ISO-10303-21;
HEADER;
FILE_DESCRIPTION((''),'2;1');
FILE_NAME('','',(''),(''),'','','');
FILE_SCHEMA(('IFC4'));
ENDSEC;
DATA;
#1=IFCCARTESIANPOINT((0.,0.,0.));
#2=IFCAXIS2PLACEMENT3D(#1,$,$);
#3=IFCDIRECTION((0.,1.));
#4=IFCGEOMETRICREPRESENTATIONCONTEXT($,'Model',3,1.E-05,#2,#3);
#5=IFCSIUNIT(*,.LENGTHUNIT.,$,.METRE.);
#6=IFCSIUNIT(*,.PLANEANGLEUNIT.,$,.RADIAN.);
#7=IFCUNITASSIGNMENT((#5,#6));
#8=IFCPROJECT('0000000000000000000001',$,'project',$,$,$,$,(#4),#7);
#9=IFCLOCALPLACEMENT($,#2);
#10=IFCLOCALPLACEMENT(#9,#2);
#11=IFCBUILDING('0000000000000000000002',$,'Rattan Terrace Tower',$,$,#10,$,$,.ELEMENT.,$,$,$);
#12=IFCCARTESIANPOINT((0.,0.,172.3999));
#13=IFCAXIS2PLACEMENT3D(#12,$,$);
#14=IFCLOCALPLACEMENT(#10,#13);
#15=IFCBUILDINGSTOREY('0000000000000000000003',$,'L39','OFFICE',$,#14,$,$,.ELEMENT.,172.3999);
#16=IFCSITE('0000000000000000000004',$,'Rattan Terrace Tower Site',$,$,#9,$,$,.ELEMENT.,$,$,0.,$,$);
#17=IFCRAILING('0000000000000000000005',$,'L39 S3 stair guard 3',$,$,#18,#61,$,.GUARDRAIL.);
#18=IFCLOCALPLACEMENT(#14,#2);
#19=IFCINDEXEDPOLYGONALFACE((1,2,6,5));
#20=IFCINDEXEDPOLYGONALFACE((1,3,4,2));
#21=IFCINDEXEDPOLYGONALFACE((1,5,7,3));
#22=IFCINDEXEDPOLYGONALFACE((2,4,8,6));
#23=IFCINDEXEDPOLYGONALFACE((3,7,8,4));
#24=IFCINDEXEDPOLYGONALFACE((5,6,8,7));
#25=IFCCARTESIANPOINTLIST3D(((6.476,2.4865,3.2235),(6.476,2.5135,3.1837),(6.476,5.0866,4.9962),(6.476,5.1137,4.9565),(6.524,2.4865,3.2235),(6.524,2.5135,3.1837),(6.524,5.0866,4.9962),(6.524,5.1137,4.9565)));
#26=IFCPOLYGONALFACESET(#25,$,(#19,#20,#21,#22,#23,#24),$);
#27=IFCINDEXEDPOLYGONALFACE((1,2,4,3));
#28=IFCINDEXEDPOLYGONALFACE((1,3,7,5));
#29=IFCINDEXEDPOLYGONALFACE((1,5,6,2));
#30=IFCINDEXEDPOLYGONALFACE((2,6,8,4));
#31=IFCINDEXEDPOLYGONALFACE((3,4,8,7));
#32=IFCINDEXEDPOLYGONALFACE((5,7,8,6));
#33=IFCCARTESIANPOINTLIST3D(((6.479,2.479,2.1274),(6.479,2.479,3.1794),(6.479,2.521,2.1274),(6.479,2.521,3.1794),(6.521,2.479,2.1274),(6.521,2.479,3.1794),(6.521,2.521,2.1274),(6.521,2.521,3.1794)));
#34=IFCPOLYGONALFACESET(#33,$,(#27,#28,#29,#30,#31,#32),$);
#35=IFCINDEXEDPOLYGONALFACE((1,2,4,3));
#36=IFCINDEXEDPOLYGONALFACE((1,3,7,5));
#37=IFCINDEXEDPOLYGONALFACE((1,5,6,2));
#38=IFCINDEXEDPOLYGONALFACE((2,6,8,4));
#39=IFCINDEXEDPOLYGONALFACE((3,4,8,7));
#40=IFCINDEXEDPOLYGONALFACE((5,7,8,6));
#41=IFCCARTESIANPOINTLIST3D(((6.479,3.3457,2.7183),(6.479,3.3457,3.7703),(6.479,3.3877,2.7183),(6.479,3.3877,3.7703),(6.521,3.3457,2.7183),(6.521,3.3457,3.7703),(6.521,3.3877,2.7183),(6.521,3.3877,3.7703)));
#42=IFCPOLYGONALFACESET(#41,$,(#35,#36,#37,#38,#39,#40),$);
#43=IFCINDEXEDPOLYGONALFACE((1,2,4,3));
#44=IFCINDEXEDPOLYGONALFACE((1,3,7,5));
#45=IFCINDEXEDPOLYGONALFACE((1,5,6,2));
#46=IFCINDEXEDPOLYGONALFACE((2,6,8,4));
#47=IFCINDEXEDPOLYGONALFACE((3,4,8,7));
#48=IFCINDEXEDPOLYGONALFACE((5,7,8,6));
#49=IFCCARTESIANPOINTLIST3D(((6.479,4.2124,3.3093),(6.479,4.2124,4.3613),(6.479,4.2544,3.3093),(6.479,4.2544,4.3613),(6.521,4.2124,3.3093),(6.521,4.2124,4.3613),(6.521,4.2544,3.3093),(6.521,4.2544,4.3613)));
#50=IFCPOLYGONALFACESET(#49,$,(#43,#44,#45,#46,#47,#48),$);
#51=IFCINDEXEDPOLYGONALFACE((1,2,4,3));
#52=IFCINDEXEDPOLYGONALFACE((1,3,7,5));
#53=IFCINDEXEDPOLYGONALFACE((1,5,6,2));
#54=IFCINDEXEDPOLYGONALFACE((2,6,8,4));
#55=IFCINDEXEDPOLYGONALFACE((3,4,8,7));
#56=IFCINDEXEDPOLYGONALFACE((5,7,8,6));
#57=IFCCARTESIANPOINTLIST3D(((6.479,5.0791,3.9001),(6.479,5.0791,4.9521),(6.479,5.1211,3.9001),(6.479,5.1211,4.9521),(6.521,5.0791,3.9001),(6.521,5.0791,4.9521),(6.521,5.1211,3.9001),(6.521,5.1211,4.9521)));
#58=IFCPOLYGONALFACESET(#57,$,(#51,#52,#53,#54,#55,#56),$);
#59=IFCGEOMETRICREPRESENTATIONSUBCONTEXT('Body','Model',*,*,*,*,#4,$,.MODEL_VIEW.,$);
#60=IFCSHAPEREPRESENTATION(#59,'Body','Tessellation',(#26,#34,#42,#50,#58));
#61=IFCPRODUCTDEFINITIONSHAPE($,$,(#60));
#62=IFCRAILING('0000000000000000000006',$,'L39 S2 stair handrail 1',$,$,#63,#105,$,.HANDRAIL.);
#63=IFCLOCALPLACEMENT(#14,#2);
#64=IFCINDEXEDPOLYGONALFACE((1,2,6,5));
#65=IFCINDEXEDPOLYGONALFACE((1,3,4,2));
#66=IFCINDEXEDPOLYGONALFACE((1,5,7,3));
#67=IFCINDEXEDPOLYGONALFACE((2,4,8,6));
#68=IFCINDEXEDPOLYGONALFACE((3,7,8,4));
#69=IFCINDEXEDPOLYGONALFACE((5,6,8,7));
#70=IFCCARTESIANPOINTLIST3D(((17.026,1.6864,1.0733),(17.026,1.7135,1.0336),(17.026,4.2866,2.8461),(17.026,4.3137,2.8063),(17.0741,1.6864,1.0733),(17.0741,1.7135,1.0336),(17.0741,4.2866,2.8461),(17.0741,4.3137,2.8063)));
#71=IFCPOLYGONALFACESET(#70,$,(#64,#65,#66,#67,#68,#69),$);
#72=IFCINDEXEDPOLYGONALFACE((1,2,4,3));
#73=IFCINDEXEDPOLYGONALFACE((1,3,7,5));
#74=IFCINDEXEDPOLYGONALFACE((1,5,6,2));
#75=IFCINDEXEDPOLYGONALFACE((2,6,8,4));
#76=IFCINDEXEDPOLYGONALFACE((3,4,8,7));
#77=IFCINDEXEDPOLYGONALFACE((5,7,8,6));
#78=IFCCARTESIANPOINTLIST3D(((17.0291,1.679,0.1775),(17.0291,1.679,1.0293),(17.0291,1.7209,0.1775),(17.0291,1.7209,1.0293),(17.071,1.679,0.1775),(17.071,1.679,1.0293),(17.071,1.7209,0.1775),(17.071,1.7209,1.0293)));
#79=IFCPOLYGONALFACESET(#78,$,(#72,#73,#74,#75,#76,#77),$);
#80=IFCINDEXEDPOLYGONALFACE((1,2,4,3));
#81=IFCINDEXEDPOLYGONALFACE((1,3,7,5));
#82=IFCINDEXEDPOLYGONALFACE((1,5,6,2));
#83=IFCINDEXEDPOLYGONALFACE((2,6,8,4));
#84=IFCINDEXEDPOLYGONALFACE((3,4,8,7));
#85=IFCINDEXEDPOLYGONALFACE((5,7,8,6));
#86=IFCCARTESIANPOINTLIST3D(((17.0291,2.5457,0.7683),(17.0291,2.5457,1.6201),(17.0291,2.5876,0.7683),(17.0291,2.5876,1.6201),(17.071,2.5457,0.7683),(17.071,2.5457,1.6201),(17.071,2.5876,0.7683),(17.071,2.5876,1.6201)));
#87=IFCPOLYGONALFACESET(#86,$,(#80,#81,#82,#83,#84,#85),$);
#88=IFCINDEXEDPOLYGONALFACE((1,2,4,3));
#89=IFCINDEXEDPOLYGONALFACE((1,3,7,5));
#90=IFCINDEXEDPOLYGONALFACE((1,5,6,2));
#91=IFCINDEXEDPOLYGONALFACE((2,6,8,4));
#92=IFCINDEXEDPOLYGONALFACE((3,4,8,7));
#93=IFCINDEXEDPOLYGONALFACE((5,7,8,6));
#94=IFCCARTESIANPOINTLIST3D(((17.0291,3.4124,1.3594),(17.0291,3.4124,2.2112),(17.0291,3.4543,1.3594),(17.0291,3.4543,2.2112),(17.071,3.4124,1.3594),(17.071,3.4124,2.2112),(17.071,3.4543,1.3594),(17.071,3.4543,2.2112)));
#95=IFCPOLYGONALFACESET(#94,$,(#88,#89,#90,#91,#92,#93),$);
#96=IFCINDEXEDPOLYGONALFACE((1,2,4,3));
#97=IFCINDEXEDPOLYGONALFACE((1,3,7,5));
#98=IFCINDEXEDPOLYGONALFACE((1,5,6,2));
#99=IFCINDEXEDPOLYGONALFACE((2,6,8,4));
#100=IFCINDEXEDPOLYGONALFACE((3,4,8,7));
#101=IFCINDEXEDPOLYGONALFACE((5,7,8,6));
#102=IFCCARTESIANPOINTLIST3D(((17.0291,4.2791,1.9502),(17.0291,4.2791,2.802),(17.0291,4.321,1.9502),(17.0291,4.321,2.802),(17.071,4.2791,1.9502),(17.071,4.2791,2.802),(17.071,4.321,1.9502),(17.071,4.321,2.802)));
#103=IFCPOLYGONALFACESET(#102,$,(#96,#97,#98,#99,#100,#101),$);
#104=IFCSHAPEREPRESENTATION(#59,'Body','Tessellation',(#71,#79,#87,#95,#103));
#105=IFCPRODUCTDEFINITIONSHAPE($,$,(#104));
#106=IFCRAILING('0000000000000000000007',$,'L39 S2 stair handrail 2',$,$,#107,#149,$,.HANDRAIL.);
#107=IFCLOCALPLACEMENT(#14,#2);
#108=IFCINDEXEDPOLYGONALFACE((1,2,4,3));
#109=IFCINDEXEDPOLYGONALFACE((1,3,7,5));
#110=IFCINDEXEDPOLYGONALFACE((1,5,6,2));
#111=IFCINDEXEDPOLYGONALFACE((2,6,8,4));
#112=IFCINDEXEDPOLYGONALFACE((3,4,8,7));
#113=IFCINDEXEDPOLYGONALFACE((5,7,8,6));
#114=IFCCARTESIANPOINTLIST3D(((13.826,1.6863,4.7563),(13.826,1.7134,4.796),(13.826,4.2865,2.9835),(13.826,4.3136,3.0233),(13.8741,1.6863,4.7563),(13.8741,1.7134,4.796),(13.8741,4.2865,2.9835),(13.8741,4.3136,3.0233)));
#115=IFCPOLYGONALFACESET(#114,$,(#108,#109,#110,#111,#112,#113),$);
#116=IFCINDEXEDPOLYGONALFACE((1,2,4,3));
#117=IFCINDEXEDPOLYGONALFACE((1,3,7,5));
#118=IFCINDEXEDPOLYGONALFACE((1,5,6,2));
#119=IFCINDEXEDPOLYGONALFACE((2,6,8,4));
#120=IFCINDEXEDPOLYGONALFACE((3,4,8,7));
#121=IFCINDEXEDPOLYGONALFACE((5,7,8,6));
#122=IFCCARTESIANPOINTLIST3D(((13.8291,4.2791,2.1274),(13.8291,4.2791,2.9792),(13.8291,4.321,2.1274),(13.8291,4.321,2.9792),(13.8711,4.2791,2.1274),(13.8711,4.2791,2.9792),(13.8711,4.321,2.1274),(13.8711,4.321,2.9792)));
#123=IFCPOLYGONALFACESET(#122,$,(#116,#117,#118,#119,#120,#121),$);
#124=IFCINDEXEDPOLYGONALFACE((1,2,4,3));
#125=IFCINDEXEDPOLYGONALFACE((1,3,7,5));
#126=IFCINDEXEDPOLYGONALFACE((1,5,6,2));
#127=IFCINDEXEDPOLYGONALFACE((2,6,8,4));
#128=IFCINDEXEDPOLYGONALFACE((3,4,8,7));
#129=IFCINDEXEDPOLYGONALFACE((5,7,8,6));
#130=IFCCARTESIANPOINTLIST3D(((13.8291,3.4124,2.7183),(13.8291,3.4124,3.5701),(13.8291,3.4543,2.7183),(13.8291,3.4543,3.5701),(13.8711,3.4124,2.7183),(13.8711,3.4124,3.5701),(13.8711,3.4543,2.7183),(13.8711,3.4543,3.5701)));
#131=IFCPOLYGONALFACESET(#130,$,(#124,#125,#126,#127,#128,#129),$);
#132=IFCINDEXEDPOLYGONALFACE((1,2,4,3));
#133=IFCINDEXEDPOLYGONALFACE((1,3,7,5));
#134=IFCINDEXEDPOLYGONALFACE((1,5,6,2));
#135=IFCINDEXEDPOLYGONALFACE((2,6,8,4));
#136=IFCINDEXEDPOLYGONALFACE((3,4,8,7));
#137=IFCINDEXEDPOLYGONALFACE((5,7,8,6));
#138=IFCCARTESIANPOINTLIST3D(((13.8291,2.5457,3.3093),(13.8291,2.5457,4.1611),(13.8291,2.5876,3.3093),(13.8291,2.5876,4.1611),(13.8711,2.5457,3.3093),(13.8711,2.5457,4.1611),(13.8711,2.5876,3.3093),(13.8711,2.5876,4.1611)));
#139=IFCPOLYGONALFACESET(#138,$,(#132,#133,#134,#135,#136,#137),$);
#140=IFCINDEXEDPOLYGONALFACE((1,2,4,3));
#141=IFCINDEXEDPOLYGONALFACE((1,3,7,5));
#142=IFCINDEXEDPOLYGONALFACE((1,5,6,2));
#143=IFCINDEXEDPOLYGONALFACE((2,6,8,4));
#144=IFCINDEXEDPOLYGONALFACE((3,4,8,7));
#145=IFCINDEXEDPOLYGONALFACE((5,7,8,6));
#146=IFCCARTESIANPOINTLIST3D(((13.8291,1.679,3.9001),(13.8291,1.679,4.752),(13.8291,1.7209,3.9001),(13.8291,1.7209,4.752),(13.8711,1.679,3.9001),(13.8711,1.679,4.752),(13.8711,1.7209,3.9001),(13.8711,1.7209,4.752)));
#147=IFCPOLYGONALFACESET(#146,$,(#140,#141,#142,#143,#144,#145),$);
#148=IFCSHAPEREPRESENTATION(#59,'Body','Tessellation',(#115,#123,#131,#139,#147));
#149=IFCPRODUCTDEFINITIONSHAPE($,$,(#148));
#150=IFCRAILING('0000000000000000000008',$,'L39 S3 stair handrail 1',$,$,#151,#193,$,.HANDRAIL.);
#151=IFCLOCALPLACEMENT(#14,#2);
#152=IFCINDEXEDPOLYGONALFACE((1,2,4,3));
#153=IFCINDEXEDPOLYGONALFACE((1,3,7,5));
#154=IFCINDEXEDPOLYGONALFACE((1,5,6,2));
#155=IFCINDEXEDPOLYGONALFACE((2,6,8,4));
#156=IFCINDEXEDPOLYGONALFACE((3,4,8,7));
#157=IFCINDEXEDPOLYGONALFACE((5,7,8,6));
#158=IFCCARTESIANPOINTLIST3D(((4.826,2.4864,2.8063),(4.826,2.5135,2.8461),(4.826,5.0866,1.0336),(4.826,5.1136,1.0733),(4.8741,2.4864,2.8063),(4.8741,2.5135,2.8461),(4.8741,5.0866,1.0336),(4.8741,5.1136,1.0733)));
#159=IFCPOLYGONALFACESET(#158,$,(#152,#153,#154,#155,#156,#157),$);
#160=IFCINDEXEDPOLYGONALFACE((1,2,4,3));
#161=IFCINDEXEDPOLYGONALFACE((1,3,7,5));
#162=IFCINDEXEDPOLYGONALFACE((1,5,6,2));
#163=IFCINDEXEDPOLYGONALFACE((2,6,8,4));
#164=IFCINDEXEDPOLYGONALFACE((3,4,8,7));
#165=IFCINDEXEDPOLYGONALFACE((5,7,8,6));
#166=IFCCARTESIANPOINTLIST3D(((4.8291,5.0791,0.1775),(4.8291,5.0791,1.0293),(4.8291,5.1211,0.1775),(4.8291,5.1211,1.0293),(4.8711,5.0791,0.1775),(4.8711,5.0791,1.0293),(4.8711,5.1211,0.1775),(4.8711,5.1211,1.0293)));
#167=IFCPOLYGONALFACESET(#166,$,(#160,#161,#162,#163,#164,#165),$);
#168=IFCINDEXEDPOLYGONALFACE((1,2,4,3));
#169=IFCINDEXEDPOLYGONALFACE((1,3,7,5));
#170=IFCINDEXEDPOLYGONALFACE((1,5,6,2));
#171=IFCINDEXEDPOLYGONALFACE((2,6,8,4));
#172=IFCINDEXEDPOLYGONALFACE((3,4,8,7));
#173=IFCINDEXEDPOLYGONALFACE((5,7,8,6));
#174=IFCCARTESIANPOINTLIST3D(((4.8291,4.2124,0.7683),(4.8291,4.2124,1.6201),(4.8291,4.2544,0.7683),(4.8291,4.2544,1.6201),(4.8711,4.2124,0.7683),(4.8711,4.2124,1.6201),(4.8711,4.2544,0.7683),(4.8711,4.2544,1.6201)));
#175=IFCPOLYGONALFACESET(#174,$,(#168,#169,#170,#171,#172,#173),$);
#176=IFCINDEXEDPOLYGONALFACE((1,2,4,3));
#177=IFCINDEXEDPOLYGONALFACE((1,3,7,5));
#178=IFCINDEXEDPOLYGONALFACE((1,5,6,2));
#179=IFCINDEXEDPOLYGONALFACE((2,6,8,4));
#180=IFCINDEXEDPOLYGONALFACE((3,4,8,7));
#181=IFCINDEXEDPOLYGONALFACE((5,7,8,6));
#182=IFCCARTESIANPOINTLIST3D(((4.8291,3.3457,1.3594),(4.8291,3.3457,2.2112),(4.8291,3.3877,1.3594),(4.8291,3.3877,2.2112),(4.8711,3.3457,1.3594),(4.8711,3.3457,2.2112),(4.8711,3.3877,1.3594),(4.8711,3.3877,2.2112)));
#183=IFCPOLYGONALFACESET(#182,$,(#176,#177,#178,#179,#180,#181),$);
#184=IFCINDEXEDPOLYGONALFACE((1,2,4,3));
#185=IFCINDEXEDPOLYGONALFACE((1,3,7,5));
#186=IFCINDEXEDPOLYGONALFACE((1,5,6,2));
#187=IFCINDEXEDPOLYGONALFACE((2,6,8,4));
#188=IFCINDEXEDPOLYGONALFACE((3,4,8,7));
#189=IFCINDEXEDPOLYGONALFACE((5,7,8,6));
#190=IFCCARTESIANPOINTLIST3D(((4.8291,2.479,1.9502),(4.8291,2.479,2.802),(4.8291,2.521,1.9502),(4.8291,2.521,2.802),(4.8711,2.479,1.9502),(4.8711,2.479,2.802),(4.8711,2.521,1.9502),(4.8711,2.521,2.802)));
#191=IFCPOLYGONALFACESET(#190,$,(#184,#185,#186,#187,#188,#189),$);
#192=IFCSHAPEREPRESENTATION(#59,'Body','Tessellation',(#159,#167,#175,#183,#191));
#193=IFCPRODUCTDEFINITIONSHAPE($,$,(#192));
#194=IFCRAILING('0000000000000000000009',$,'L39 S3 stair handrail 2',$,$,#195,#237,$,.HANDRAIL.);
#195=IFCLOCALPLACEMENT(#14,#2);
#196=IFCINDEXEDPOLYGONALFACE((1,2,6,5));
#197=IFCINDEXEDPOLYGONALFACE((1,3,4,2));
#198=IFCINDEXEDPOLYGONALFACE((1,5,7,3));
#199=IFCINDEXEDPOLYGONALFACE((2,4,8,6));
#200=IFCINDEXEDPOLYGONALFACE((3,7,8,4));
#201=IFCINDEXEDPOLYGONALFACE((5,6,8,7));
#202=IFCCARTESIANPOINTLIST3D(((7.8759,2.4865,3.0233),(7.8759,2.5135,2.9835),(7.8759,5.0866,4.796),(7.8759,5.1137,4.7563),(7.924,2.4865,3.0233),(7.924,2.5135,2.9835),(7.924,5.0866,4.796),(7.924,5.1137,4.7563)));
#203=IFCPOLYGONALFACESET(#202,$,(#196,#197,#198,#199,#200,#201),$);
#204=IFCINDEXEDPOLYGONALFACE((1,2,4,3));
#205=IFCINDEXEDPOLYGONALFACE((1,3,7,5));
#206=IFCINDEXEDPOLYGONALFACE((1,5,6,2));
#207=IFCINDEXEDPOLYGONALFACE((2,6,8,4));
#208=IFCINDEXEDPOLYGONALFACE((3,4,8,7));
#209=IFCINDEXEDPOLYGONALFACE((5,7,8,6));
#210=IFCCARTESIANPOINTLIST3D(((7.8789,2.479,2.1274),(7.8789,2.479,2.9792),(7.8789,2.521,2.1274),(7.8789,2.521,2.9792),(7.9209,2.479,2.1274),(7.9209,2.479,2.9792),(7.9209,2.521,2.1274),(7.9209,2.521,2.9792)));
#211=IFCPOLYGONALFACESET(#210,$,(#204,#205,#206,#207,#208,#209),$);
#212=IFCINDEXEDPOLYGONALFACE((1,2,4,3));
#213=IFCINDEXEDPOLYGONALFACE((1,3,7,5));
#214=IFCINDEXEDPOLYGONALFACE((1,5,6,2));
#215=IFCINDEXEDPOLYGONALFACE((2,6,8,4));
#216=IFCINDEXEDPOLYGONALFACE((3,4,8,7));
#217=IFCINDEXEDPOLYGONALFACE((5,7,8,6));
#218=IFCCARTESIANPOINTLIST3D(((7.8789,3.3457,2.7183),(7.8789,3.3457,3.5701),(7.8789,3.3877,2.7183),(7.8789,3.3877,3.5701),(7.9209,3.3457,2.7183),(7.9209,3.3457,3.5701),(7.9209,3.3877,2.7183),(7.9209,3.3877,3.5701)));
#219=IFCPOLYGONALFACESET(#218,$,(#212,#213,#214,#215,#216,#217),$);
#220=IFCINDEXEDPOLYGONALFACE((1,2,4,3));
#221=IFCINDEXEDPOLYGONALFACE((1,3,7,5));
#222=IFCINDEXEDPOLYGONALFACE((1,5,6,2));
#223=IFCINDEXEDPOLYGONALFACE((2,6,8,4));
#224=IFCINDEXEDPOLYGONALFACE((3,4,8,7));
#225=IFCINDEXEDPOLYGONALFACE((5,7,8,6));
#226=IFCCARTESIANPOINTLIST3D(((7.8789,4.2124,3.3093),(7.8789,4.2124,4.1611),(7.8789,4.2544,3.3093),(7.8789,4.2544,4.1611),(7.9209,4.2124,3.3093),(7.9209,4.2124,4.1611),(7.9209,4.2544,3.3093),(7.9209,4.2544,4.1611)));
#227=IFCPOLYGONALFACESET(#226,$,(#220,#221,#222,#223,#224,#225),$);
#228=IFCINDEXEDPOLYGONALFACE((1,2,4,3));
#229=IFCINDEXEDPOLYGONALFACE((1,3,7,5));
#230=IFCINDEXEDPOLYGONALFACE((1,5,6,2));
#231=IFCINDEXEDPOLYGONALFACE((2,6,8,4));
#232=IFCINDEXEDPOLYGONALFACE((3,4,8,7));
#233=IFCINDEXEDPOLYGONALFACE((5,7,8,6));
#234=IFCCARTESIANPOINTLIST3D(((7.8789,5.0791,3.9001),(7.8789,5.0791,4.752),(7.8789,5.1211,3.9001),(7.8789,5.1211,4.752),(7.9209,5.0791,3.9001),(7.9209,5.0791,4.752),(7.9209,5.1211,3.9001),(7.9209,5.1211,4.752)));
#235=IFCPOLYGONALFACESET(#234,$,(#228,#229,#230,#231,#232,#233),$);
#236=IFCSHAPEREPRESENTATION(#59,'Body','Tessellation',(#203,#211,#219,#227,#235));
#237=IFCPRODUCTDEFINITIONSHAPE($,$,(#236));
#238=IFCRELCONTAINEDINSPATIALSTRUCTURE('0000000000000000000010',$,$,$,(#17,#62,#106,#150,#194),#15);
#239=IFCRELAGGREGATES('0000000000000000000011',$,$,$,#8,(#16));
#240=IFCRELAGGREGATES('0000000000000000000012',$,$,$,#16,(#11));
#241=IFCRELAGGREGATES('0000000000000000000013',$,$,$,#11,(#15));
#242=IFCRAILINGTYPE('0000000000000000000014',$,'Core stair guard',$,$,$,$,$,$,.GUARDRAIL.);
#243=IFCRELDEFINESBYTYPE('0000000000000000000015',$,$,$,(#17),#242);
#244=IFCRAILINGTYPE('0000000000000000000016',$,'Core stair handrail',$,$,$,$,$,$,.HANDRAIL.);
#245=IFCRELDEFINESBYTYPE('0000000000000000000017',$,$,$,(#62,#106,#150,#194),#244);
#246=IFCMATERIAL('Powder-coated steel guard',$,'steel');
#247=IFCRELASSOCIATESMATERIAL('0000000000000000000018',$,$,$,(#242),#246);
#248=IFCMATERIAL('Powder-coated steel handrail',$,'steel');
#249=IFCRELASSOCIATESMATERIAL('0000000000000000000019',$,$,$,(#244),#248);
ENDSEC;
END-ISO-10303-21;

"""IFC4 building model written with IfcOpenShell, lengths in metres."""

from ifc_helpers import new_model, si_unit, direction, frame, origin, origin_2d, place, context, subcontext, project, spatial, rectangle, extrude, material, type_object, element, save


model = new_model("IFC4")

# Units and contexts
model_context = context("Model", 3, precision=1e-05, world=origin(), true_north=direction((0.0, 1.0)))
body_context = subcontext(model_context, "Body", "Model", "MODEL_VIEW")
ifc_project = project(units=[si_unit("LENGTHUNIT", "METRE"), si_unit("PLANEANGLEUNIT", "RADIAN")], contexts=[model_context])

# Site, building, storey
site_placement = place(None, origin())
site = spatial("IfcSite", under=ifc_project, at=site_placement, Name="Rattan Terrace Tower Site", CompositionType="ELEMENT", RefElevation=0.0)
building_placement = place(site_placement, origin())
building = spatial("IfcBuilding", under=site, at=building_placement, Name="Rattan Terrace Tower", CompositionType="ELEMENT")
storey_placement = place(building_placement, frame((0.0, 0.0, 172.3999)))
storey = spatial("IfcBuildingStorey", under=building, at=storey_placement, Name="L39", Description="OFFICE", CompositionType="ELEMENT", Elevation=172.3999)

# Railings
ifc_material_1 = material(Name="Powder-coated steel guard", Category="steel")
railing_type_1 = type_object("IfcRailingType", Name="Core stair guard", PredefinedType="GUARDRAIL", material=ifc_material_1)
railing_1_placement = place(storey_placement, frame((6.5, 2.5, 2.1274)))
element("IfcRailing", 1, at=railing_1_placement, inside=storey, type_object=railing_type_1, Name="L39 S3 stair guard 3", PredefinedType="GUARDRAIL", context=body_context, shape_type="SweptSolid", body=[
    extrude(rectangle(XDim=0.0481, YDim=0.0481, at=origin_2d()), frame((0.0, 0.0, 1.0762), z_axis=(0.0, 0.82624, 0.563318), x_axis=(-1.0, 0.0, 0.0)), (0.0, 0.0, 1.0), 3.147),
    extrude(rectangle(XDim=0.042, YDim=0.042, at=origin_2d()), origin(), (0.0, 0.0, 1.0), 1.052),
    extrude(rectangle(XDim=0.042, YDim=0.042, at=origin_2d()), frame((0.0, 0.8667, 0.5908)), (0.0, 0.0, 1.0), 1.052),
    extrude(rectangle(XDim=0.042, YDim=0.042, at=origin_2d()), frame((0.0, 1.7334, 1.1819)), (0.0, 0.0, 1.0), 1.052),
    extrude(rectangle(XDim=0.042, YDim=0.042, at=origin_2d()), frame((0.0, 2.6001, 1.7727)), (0.0, 0.0, 1.0), 1.052),
])
ifc_material_2 = material(Name="Powder-coated steel handrail", Category="steel")
railing_type_2 = type_object("IfcRailingType", Name="Core stair handrail", PredefinedType="HANDRAIL", material=ifc_material_2)
railing_2_placement = place(storey_placement, frame((17.05, 1.7, 0.1775)))
element("IfcRailing", 2, at=railing_2_placement, inside=storey, type_object=railing_type_2, Name="L39 S2 stair handrail 1", PredefinedType="HANDRAIL", context=body_context, shape_type="SweptSolid", body=[
    extrude(rectangle(XDim=0.0481, YDim=0.0481, at=origin_2d()), frame((0.0, 0.0, 0.876), z_axis=(0.0, 0.82624, 0.563318), x_axis=(-1.0, 0.0, 0.0)), (0.0, 0.0, 1.0), 3.147),
    extrude(rectangle(XDim=0.042, YDim=0.042, at=origin_2d()), origin(), (0.0, 0.0, 1.0), 0.8518),
    extrude(rectangle(XDim=0.042, YDim=0.042, at=origin_2d()), frame((0.0, 0.8667, 0.5908)), (0.0, 0.0, 1.0), 0.8518),
    extrude(rectangle(XDim=0.042, YDim=0.042, at=origin_2d()), frame((0.0, 1.7334, 1.1819)), (0.0, 0.0, 1.0), 0.8518),
    extrude(rectangle(XDim=0.042, YDim=0.042, at=origin_2d()), frame((0.0, 2.6001, 1.7727)), (0.0, 0.0, 1.0), 0.8518),
])
for number, where, name in (
    (3, (13.8501, 4.3, 2.1274), "L39 S2 stair handrail 2"),
    (4, (4.8501, 5.1001, 0.1775), "L39 S3 stair handrail 1"),
):
    element("IfcRailing", number, at=place(storey_placement, frame(where)), inside=storey, type_object=railing_type_2, Name=name, PredefinedType="HANDRAIL", context=body_context, shape_type="SweptSolid", body=[
        extrude(rectangle(XDim=0.0481, YDim=0.0481, at=origin_2d()), frame((0.0, 0.0, 0.876), z_axis=(0.0, -0.82624, 0.563318), x_axis=(1.0, 0.0, 0.0)), (0.0, 0.0, 1.0), 3.147),
        extrude(rectangle(XDim=0.042, YDim=0.042, at=origin_2d()), origin(), (0.0, 0.0, 1.0), 0.8518),
        extrude(rectangle(XDim=0.042, YDim=0.042, at=origin_2d()), frame((0.0, -0.8667, 0.5908)), (0.0, 0.0, 1.0), 0.8518),
        extrude(rectangle(XDim=0.042, YDim=0.042, at=origin_2d()), frame((0.0, -1.7334, 1.1819)), (0.0, 0.0, 1.0), 0.8518),
        extrude(rectangle(XDim=0.042, YDim=0.042, at=origin_2d()), frame((0.0, -2.6001, 1.7727)), (0.0, 0.0, 1.0), 0.8518),
    ])
railing_3_placement = place(storey_placement, frame((7.8999, 2.5, 2.1274)))
element("IfcRailing", 5, at=railing_3_placement, inside=storey, type_object=railing_type_2, Name="L39 S3 stair handrail 2", PredefinedType="HANDRAIL", context=body_context, shape_type="SweptSolid", body=[
    extrude(rectangle(XDim=0.0481, YDim=0.0481, at=origin_2d()), frame((0.0, 0.0, 0.876), z_axis=(0.0, 0.82624, 0.563318), x_axis=(-1.0, 0.0, 0.0)), (0.0, 0.0, 1.0), 3.147),
    extrude(rectangle(XDim=0.042, YDim=0.042, at=origin_2d()), origin(), (0.0, 0.0, 1.0), 0.8518),
    extrude(rectangle(XDim=0.042, YDim=0.042, at=origin_2d()), frame((0.0, 0.8667, 0.5908)), (0.0, 0.0, 1.0), 0.8518),
    extrude(rectangle(XDim=0.042, YDim=0.042, at=origin_2d()), frame((0.0, 1.7334, 1.1819)), (0.0, 0.0, 1.0), 0.8518),
    extrude(rectangle(XDim=0.042, YDim=0.042, at=origin_2d()), frame((0.0, 2.6001, 1.7727)), (0.0, 0.0, 1.0), 0.8518),
])

save(model, "model.ifc")
